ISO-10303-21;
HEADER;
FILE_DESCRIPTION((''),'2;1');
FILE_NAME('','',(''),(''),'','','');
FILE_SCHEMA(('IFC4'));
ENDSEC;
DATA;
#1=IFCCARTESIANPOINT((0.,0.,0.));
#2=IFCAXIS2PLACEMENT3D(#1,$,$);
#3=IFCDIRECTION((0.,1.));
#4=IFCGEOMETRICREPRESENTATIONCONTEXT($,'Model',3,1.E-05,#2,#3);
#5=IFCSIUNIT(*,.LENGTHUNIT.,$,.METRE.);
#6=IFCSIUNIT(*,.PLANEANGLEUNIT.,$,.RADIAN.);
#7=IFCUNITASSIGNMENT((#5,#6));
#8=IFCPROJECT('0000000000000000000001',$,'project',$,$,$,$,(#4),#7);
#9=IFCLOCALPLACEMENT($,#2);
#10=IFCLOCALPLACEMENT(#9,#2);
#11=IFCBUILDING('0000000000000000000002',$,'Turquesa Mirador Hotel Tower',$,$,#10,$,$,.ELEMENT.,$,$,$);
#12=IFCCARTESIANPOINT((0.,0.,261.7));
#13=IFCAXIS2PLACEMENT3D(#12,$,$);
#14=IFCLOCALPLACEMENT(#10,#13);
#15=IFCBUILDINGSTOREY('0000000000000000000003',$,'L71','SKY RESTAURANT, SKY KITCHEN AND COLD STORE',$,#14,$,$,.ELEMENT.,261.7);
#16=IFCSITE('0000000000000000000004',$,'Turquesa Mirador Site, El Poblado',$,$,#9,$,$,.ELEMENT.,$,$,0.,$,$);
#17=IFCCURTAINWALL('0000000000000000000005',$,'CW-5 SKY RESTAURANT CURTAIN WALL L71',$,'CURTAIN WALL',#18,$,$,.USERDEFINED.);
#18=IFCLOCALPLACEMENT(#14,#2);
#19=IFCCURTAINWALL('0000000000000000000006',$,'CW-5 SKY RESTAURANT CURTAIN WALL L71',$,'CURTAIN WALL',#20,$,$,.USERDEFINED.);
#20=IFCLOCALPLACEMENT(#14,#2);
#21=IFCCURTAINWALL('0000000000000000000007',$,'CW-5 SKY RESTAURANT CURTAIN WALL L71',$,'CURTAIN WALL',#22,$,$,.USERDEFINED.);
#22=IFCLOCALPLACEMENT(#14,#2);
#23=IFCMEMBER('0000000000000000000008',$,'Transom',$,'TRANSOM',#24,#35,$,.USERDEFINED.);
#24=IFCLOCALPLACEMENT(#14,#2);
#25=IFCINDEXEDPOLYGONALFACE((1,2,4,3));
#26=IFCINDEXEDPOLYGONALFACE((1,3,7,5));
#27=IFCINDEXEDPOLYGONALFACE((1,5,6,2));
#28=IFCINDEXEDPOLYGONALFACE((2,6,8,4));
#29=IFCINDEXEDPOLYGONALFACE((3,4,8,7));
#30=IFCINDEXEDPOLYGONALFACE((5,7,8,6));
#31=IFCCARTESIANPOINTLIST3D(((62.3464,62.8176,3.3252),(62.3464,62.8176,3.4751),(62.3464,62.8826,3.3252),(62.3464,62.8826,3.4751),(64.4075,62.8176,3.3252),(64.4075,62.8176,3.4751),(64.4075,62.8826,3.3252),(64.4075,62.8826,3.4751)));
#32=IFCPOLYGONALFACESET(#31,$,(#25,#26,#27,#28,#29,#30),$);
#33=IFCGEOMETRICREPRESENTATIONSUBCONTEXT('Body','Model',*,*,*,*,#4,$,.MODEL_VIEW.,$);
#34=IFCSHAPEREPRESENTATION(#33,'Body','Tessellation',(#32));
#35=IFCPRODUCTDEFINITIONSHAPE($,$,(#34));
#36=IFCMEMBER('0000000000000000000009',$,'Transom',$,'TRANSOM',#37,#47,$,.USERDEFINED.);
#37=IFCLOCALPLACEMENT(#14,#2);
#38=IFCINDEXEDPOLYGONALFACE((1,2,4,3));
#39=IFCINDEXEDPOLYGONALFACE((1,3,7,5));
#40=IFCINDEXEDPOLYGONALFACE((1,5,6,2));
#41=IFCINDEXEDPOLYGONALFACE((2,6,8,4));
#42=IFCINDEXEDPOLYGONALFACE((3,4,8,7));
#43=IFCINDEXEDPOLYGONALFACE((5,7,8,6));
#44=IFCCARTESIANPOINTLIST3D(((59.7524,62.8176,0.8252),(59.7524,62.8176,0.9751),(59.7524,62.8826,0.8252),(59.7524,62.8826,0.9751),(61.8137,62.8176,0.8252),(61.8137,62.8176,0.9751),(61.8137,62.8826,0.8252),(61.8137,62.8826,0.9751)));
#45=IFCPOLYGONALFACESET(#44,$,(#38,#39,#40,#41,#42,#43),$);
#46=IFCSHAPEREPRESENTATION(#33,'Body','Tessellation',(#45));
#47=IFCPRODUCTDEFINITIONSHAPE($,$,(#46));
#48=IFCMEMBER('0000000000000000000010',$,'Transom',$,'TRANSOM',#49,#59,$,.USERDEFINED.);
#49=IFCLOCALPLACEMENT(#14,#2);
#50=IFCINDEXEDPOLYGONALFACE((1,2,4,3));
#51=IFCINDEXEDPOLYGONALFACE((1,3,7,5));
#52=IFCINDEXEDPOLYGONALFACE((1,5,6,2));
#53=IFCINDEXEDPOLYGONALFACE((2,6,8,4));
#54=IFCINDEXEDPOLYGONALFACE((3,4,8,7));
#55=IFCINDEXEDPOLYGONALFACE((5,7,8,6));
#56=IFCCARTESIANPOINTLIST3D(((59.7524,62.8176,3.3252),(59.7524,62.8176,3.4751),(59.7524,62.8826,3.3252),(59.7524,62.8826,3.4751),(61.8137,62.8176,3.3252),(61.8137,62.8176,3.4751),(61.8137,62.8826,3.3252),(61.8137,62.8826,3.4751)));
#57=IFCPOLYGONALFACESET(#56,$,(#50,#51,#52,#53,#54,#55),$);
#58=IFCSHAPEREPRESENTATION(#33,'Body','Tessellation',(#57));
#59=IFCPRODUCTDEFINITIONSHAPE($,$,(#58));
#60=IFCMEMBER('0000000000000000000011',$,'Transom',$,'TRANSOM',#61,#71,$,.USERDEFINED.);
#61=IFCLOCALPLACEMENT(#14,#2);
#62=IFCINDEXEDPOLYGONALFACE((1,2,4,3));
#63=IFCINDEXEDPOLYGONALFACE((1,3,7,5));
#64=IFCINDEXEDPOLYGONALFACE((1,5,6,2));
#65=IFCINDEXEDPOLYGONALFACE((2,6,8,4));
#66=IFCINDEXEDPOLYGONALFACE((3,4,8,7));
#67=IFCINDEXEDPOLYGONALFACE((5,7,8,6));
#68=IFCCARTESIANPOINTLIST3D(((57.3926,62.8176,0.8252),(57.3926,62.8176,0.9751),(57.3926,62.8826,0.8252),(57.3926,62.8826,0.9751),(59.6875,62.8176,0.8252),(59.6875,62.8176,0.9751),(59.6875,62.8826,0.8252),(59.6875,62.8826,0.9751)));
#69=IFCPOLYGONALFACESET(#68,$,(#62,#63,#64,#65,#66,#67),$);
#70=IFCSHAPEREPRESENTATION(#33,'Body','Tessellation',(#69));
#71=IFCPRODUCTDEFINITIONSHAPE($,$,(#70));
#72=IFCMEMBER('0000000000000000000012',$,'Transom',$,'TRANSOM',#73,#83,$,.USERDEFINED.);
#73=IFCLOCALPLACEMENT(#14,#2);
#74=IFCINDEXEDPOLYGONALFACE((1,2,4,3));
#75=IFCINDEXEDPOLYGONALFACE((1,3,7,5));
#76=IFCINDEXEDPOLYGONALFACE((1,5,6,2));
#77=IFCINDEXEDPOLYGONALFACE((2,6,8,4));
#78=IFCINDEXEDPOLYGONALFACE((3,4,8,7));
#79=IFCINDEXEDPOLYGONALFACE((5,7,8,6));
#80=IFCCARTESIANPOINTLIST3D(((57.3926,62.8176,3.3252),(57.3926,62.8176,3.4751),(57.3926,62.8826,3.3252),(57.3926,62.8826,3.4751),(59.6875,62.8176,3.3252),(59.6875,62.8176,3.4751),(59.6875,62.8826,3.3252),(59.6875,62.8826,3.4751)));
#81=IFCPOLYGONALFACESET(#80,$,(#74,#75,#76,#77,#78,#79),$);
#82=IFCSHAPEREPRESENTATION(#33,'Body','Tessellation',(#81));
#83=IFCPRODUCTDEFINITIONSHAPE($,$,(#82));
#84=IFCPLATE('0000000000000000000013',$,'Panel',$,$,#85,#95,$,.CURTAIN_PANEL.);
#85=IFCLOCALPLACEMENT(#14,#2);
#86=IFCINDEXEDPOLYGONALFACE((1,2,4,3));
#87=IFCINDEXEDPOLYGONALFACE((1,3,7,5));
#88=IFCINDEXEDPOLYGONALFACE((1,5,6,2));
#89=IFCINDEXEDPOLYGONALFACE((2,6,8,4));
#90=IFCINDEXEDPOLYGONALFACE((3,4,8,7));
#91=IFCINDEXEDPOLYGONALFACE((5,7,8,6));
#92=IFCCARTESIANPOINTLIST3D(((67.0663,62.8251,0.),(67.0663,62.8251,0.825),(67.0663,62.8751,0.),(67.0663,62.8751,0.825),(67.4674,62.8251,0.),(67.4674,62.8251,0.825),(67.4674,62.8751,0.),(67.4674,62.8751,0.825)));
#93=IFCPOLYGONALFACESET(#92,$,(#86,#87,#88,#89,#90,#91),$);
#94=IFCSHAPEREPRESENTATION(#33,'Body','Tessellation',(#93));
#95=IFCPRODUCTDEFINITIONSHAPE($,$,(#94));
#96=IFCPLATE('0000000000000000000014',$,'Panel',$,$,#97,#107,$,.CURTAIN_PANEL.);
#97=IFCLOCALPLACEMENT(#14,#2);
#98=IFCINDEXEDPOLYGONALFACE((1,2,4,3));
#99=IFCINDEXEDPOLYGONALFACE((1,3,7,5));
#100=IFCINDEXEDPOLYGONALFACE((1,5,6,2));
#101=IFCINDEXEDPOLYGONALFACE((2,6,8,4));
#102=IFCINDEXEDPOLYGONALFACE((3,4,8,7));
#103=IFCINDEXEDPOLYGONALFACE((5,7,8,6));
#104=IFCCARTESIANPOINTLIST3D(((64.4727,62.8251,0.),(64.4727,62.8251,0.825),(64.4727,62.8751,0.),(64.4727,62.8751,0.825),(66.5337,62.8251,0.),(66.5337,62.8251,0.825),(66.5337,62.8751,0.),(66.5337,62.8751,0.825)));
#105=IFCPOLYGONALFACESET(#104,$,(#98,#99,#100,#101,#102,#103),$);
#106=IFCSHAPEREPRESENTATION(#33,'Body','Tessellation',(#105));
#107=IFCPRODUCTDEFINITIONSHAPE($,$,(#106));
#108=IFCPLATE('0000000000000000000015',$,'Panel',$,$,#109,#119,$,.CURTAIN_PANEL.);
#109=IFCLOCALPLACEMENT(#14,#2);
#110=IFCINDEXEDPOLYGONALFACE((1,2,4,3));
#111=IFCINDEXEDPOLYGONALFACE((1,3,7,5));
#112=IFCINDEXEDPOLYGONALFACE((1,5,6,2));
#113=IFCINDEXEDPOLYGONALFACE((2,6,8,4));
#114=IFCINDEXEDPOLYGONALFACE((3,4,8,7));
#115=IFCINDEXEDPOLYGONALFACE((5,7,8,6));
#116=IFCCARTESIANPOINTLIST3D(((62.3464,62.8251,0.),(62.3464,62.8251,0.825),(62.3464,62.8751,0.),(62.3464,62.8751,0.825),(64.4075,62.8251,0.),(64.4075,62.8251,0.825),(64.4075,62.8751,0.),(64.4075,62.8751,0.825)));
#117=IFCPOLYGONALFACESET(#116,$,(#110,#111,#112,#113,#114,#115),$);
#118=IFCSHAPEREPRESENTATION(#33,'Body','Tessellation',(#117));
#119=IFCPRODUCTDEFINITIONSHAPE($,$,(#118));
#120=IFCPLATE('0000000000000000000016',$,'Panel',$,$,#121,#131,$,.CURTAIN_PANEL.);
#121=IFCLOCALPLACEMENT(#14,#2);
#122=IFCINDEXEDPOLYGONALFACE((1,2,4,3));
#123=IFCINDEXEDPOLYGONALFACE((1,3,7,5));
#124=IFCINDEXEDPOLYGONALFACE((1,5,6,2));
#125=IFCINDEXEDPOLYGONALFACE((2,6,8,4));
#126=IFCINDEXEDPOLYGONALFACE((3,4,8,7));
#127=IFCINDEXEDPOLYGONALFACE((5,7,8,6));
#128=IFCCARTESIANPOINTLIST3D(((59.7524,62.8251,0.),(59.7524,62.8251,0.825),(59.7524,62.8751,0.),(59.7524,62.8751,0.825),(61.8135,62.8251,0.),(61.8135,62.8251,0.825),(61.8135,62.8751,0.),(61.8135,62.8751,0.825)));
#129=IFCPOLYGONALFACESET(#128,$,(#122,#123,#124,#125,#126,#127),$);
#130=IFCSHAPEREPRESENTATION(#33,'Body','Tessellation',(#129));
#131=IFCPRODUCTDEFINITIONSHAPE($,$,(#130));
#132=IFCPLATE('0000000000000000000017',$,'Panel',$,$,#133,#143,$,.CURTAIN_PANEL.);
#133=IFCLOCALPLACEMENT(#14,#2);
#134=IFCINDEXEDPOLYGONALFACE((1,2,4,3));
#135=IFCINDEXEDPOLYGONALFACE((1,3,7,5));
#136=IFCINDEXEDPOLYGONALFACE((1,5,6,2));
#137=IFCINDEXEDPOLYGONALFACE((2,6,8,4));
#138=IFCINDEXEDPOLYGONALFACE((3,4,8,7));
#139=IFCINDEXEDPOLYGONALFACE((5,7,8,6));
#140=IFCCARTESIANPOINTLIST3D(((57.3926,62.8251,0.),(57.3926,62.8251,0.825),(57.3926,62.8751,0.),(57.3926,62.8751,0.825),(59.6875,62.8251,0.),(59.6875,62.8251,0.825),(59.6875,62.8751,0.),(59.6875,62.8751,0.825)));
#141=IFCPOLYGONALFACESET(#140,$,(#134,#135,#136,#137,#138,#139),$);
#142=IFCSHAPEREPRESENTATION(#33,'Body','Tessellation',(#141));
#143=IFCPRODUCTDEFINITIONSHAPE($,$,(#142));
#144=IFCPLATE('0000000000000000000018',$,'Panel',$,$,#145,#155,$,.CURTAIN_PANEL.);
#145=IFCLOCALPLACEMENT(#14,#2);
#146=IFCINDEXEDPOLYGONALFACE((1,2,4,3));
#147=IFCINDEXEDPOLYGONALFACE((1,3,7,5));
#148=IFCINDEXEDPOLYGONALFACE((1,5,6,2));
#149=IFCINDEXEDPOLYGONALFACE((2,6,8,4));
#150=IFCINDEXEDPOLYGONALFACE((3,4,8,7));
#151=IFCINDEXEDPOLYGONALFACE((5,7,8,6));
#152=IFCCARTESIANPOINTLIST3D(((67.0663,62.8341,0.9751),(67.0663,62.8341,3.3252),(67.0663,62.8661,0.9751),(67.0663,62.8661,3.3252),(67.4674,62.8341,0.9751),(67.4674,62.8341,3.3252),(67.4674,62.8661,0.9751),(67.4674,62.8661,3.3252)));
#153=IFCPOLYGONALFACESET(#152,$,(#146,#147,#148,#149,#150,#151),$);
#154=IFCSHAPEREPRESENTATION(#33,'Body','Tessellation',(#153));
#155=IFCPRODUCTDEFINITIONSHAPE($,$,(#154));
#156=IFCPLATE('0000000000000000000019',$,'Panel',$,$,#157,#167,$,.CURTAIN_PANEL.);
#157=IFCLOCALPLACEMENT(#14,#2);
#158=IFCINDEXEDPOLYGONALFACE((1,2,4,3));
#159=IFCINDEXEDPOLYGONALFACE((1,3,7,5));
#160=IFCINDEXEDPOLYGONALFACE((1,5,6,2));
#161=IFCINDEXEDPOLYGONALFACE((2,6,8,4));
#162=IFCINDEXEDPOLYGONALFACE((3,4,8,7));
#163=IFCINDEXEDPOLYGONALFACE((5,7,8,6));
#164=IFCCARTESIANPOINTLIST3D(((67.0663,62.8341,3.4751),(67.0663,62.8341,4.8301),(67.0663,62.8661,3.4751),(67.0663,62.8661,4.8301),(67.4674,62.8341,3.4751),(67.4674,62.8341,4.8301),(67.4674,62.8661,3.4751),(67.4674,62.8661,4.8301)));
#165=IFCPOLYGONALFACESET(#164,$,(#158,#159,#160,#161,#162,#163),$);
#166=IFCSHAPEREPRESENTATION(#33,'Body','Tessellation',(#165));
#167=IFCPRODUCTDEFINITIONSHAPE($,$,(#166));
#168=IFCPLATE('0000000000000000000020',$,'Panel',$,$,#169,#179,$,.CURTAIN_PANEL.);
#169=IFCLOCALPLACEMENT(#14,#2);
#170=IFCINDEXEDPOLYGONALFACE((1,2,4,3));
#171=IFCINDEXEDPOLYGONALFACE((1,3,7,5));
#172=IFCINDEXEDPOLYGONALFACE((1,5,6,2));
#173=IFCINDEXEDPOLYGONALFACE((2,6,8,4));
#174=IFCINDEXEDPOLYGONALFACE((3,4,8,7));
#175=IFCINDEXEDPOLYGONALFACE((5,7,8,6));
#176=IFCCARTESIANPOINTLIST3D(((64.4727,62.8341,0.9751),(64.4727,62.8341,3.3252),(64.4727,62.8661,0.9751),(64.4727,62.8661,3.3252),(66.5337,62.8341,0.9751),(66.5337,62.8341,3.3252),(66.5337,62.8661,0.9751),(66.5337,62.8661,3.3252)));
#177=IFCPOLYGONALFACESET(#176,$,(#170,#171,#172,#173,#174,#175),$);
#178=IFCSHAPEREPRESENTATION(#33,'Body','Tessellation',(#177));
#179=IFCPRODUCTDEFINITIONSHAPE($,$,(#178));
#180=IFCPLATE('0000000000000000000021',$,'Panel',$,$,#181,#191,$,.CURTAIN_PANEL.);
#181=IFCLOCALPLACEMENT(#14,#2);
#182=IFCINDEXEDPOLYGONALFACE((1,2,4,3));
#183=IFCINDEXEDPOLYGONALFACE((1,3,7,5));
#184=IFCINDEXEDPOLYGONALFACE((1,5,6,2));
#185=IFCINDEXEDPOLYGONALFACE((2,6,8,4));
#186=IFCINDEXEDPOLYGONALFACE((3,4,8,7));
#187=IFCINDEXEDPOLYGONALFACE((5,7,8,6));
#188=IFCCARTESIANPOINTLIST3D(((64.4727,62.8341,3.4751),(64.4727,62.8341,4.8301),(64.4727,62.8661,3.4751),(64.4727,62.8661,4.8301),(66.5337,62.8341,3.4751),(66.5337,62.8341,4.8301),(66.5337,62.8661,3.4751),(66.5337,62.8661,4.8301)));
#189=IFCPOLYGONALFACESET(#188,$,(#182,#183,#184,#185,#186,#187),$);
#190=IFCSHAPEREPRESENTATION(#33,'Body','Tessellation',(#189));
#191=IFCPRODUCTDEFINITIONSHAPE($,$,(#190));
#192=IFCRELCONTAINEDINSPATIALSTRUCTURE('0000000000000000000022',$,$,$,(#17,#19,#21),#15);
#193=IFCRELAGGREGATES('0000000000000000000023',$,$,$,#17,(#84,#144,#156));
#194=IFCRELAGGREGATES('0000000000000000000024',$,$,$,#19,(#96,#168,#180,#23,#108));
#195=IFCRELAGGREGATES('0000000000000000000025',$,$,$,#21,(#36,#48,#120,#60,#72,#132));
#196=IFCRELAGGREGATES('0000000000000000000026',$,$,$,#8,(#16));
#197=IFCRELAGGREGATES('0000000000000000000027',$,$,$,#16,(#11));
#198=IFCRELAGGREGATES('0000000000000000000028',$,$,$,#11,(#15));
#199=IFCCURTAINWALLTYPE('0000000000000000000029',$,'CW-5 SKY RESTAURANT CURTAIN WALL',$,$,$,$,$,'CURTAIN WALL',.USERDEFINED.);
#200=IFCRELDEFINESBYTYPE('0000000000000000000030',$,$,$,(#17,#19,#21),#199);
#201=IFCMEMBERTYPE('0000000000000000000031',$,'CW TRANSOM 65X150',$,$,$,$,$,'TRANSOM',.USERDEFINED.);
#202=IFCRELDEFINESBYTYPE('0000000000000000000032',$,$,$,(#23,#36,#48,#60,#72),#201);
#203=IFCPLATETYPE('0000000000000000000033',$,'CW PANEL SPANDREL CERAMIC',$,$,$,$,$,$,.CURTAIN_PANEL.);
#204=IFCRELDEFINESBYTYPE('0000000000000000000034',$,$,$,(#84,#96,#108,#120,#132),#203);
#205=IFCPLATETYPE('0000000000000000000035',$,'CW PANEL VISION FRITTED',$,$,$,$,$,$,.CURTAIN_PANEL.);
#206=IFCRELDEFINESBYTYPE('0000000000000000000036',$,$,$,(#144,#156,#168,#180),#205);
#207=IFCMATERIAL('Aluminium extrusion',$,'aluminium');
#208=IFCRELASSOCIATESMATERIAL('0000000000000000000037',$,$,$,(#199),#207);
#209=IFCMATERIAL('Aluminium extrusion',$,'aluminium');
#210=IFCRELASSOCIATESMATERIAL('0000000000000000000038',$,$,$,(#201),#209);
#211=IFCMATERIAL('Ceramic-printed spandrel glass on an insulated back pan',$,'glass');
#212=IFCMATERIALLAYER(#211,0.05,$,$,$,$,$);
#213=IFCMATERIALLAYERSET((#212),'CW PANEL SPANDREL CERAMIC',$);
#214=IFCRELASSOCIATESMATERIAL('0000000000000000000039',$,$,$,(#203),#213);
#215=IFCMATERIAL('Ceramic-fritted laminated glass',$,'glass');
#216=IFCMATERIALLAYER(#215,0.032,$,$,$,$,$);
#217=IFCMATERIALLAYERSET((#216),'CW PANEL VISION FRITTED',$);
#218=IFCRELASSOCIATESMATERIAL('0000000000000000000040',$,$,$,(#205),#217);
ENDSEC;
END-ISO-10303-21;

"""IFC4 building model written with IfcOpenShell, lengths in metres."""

from ifc_helpers import new_model, si_unit, direction, frame, origin, origin_2d, place, context, subcontext, project, spatial, rectangle, extrude, material, layer, layer_set, material_profile, profile_set, type_object, element, aggregate, save


model = new_model("IFC4")

# Units and contexts
model_context = context("Model", 3, precision=1e-05, world=origin(), true_north=direction((0.0, 1.0)))
body_context = subcontext(model_context, "Body", "Model", "MODEL_VIEW")
ifc_project = project(units=[si_unit("LENGTHUNIT", "METRE"), si_unit("PLANEANGLEUNIT", "RADIAN")], contexts=[model_context])

# Site, building, storey
site_placement = place(None, origin())
site = spatial("IfcSite", under=ifc_project, at=site_placement, Name="Turquesa Mirador Site, El Poblado", CompositionType="ELEMENT", RefElevation=0.0)
building_placement = place(site_placement, origin())
building = spatial("IfcBuilding", under=site, at=building_placement, Name="Turquesa Mirador Hotel Tower", CompositionType="ELEMENT")
storey_placement = place(building_placement, frame((0.0, 0.0, 261.7)))
storey = spatial("IfcBuildingStorey", under=building, at=storey_placement, Name="L71", Description="SKY RESTAURANT, SKY KITCHEN AND COLD STORE", CompositionType="ELEMENT", Elevation=261.7)

# Curtain walls
ifc_material_1 = material(Name="Aluminium extrusion", Category="aluminium")
curtain_wall_type = type_object("IfcCurtainWallType", Name="CW-5 SKY RESTAURANT CURTAIN WALL", ElementType="CURTAIN WALL", PredefinedType="USERDEFINED", material=ifc_material_1)
curtain_wall_1_placement = place(storey_placement, origin())
curtain_wall_1 = element("IfcCurtainWall", 1, at=curtain_wall_1_placement, inside=storey, type_object=curtain_wall_type, Name="CW-5 SKY RESTAURANT CURTAIN WALL L71", ObjectType="CURTAIN WALL", PredefinedType="USERDEFINED")
curtain_wall_2_placement = place(storey_placement, origin())
curtain_wall_2 = element("IfcCurtainWall", 2, at=curtain_wall_2_placement, inside=storey, type_object=curtain_wall_type, Name="CW-5 SKY RESTAURANT CURTAIN WALL L71", ObjectType="CURTAIN WALL", PredefinedType="USERDEFINED")
curtain_wall_3_placement = place(storey_placement, origin())
curtain_wall_3 = element("IfcCurtainWall", 3, at=curtain_wall_3_placement, inside=storey, type_object=curtain_wall_type, Name="CW-5 SKY RESTAURANT CURTAIN WALL L71", ObjectType="CURTAIN WALL", PredefinedType="USERDEFINED")

# Members
ifc_material_2 = material(Name="Aluminium extrusion", Category="aluminium")
ifc_material_profile_1 = material_profile(ifc_material_2, rectangle(XDim=0.0649, YDim=0.1499, at=origin_2d()), Name="TRANSOM 65X150")
ifc_profile_set_1 = profile_set([ifc_material_profile_1], Name="Aluminium extrusion")
member_type_1 = type_object("IfcMemberType", Name="CW TRANSOM 65X150", ElementType="TRANSOM", PredefinedType="USERDEFINED", material=ifc_profile_set_1)
member_1_placement = place(storey_placement, frame((64.4075, 62.8501, 3.4001), z_axis=(-1.0, 0.0, 0.0), x_axis=(0.0, -1.0, 0.0)))
member_1 = element("IfcMember", 4, at=member_1_placement, type_object=member_type_1, Name="Transom", ObjectType="TRANSOM", PredefinedType="USERDEFINED", context=body_context, shape_type="SweptSolid", body=[
    extrude(rectangle(XDim=0.0649, YDim=0.1499, at=origin_2d()), origin(), (0.0, 0.0, 1.0), 2.061),
])
member_2_placement = place(storey_placement, frame((61.8137, 62.8501, 0.9001), z_axis=(-1.0, 0.0, 0.0), x_axis=(0.0, -1.0, 0.0)))
member_2 = element("IfcMember", 5, at=member_2_placement, type_object=member_type_1, Name="Transom", ObjectType="TRANSOM", PredefinedType="USERDEFINED", context=body_context, shape_type="SweptSolid", body=[
    extrude(rectangle(XDim=0.0649, YDim=0.1499, at=origin_2d()), origin(), (0.0, 0.0, 1.0), 2.0613),
])
member_3_placement = place(storey_placement, frame((61.8137, 62.8501, 3.4001), z_axis=(-1.0, 0.0, 0.0), x_axis=(0.0, -1.0, 0.0)))
member_3 = element("IfcMember", 6, at=member_3_placement, type_object=member_type_1, Name="Transom", ObjectType="TRANSOM", PredefinedType="USERDEFINED", context=body_context, shape_type="SweptSolid", body=[
    extrude(rectangle(XDim=0.0649, YDim=0.1499, at=origin_2d()), origin(), (0.0, 0.0, 1.0), 2.0613),
])
member_4_placement = place(storey_placement, frame((59.6875, 62.8501, 0.9001), z_axis=(-1.0, 0.0, 0.0), x_axis=(0.0, -1.0, 0.0)))
member_4 = element("IfcMember", 7, at=member_4_placement, type_object=member_type_1, Name="Transom", ObjectType="TRANSOM", PredefinedType="USERDEFINED", context=body_context, shape_type="SweptSolid", body=[
    extrude(rectangle(XDim=0.0649, YDim=0.1499, at=origin_2d()), origin(), (0.0, 0.0, 1.0), 2.2949),
])
member_5_placement = place(storey_placement, frame((59.6875, 62.8501, 3.4001), z_axis=(-1.0, 0.0, 0.0), x_axis=(0.0, -1.0, 0.0)))
member_5 = element("IfcMember", 8, at=member_5_placement, type_object=member_type_1, Name="Transom", ObjectType="TRANSOM", PredefinedType="USERDEFINED", context=body_context, shape_type="SweptSolid", body=[
    extrude(rectangle(XDim=0.0649, YDim=0.1499, at=origin_2d()), origin(), (0.0, 0.0, 1.0), 2.2949),
])

# Plates
ifc_material_3 = material(Name="Ceramic-printed spandrel glass on an insulated back pan", Category="glass")
ifc_layer_1 = layer(ifc_material_3, 0.05)
ifc_layer_set_1 = layer_set([ifc_layer_1], Name="CW PANEL SPANDREL CERAMIC")
plate_type_1 = type_object("IfcPlateType", Name="CW PANEL SPANDREL CERAMIC", PredefinedType="CURTAIN_PANEL", material=ifc_layer_set_1)
plate_1_placement = place(storey_placement, frame((67.2668, 62.8501, 0.0), z_axis=(0.0, 0.0, 1.0), x_axis=(-1.0, 0.0, 0.0)))
plate_1 = element("IfcPlate", 9, at=plate_1_placement, type_object=plate_type_1, Name="Panel", PredefinedType="CURTAIN_PANEL", context=body_context, shape_type="SweptSolid", body=[
    extrude(rectangle(XDim=0.4011, YDim=0.05, at=origin_2d()), origin(), (0.0, 0.0, 1.0), 0.825),
])
plate_2_placement = place(storey_placement, frame((65.5032, 62.8501, 0.0), z_axis=(0.0, 0.0, 1.0), x_axis=(-1.0, 0.0, 0.0)))
plate_2 = element("IfcPlate", 10, at=plate_2_placement, type_object=plate_type_1, Name="Panel", PredefinedType="CURTAIN_PANEL", context=body_context, shape_type="SweptSolid", body=[
    extrude(rectangle(XDim=2.061, YDim=0.05, at=origin_2d()), origin(), (0.0, 0.0, 1.0), 0.825),
])
plate_3_placement = place(storey_placement, frame((63.377, 62.8501, 0.0), z_axis=(0.0, 0.0, 1.0), x_axis=(-1.0, 0.0, 0.0)))
plate_3 = element("IfcPlate", 11, at=plate_3_placement, type_object=plate_type_1, Name="Panel", PredefinedType="CURTAIN_PANEL", context=body_context, shape_type="SweptSolid", body=[
    extrude(rectangle(XDim=2.061, YDim=0.05, at=origin_2d()), origin(), (0.0, 0.0, 1.0), 0.825),
])
plate_4_placement = place(storey_placement, frame((60.783, 62.8501, 0.0), z_axis=(0.0, 0.0, 1.0), x_axis=(-1.0, 0.0, 0.0)))
plate_4 = element("IfcPlate", 12, at=plate_4_placement, type_object=plate_type_1, Name="Panel", PredefinedType="CURTAIN_PANEL", context=body_context, shape_type="SweptSolid", body=[
    extrude(rectangle(XDim=2.061, YDim=0.05, at=origin_2d()), origin(), (0.0, 0.0, 1.0), 0.825),
])
plate_5_placement = place(storey_placement, frame((58.54, 62.8501, 0.0), z_axis=(0.0, 0.0, 1.0), x_axis=(-1.0, 0.0, 0.0)))
plate_5 = element("IfcPlate", 13, at=plate_5_placement, type_object=plate_type_1, Name="Panel", PredefinedType="CURTAIN_PANEL", context=body_context, shape_type="SweptSolid", body=[
    extrude(rectangle(XDim=2.2949, YDim=0.05, at=origin_2d()), origin(), (0.0, 0.0, 1.0), 0.825),
])
ifc_material_4 = material(Name="Ceramic-fritted laminated glass", Category="glass")
ifc_layer_2 = layer(ifc_material_4, 0.032)
ifc_layer_set_2 = layer_set([ifc_layer_2], Name="CW PANEL VISION FRITTED")
plate_type_2 = type_object("IfcPlateType", Name="CW PANEL VISION FRITTED", PredefinedType="CURTAIN_PANEL", material=ifc_layer_set_2)
plate_6_placement = place(storey_placement, frame((67.2668, 62.8501, 0.9751), z_axis=(0.0, 0.0, 1.0), x_axis=(-1.0, 0.0, 0.0)))
plate_6 = element("IfcPlate", 14, at=plate_6_placement, type_object=plate_type_2, Name="Panel", PredefinedType="CURTAIN_PANEL", context=body_context, shape_type="SweptSolid", body=[
    extrude(rectangle(XDim=0.4011, YDim=0.032, at=origin_2d()), origin(), (0.0, 0.0, 1.0), 2.3501),
])
plate_7_placement = place(storey_placement, frame((67.2668, 62.8501, 3.4751), z_axis=(0.0, 0.0, 1.0), x_axis=(-1.0, 0.0, 0.0)))
plate_7 = element("IfcPlate", 15, at=plate_7_placement, type_object=plate_type_2, Name="Panel", PredefinedType="CURTAIN_PANEL", context=body_context, shape_type="SweptSolid", body=[
    extrude(rectangle(XDim=0.4011, YDim=0.032, at=origin_2d()), origin(), (0.0, 0.0, 1.0), 1.355),
])
aggregate(curtain_wall_1, [plate_1, plate_6, plate_7])
plate_8_placement = place(storey_placement, frame((65.5032, 62.8501, 0.9751), z_axis=(0.0, 0.0, 1.0), x_axis=(-1.0, 0.0, 0.0)))
plate_8 = element("IfcPlate", 16, at=plate_8_placement, type_object=plate_type_2, Name="Panel", PredefinedType="CURTAIN_PANEL", context=body_context, shape_type="SweptSolid", body=[
    extrude(rectangle(XDim=2.061, YDim=0.032, at=origin_2d()), origin(), (0.0, 0.0, 1.0), 2.3501),
])
plate_9_placement = place(storey_placement, frame((65.5032, 62.8501, 3.4751), z_axis=(0.0, 0.0, 1.0), x_axis=(-1.0, 0.0, 0.0)))
plate_9 = element("IfcPlate", 17, at=plate_9_placement, type_object=plate_type_2, Name="Panel", PredefinedType="CURTAIN_PANEL", context=body_context, shape_type="SweptSolid", body=[
    extrude(rectangle(XDim=2.061, YDim=0.032, at=origin_2d()), origin(), (0.0, 0.0, 1.0), 1.355),
])
aggregate(curtain_wall_2, [plate_2, plate_8, plate_9, member_1, plate_3])
aggregate(curtain_wall_3, [member_2, member_3, plate_4, member_4, member_5, plate_5])

save(model, "model.ifc")
